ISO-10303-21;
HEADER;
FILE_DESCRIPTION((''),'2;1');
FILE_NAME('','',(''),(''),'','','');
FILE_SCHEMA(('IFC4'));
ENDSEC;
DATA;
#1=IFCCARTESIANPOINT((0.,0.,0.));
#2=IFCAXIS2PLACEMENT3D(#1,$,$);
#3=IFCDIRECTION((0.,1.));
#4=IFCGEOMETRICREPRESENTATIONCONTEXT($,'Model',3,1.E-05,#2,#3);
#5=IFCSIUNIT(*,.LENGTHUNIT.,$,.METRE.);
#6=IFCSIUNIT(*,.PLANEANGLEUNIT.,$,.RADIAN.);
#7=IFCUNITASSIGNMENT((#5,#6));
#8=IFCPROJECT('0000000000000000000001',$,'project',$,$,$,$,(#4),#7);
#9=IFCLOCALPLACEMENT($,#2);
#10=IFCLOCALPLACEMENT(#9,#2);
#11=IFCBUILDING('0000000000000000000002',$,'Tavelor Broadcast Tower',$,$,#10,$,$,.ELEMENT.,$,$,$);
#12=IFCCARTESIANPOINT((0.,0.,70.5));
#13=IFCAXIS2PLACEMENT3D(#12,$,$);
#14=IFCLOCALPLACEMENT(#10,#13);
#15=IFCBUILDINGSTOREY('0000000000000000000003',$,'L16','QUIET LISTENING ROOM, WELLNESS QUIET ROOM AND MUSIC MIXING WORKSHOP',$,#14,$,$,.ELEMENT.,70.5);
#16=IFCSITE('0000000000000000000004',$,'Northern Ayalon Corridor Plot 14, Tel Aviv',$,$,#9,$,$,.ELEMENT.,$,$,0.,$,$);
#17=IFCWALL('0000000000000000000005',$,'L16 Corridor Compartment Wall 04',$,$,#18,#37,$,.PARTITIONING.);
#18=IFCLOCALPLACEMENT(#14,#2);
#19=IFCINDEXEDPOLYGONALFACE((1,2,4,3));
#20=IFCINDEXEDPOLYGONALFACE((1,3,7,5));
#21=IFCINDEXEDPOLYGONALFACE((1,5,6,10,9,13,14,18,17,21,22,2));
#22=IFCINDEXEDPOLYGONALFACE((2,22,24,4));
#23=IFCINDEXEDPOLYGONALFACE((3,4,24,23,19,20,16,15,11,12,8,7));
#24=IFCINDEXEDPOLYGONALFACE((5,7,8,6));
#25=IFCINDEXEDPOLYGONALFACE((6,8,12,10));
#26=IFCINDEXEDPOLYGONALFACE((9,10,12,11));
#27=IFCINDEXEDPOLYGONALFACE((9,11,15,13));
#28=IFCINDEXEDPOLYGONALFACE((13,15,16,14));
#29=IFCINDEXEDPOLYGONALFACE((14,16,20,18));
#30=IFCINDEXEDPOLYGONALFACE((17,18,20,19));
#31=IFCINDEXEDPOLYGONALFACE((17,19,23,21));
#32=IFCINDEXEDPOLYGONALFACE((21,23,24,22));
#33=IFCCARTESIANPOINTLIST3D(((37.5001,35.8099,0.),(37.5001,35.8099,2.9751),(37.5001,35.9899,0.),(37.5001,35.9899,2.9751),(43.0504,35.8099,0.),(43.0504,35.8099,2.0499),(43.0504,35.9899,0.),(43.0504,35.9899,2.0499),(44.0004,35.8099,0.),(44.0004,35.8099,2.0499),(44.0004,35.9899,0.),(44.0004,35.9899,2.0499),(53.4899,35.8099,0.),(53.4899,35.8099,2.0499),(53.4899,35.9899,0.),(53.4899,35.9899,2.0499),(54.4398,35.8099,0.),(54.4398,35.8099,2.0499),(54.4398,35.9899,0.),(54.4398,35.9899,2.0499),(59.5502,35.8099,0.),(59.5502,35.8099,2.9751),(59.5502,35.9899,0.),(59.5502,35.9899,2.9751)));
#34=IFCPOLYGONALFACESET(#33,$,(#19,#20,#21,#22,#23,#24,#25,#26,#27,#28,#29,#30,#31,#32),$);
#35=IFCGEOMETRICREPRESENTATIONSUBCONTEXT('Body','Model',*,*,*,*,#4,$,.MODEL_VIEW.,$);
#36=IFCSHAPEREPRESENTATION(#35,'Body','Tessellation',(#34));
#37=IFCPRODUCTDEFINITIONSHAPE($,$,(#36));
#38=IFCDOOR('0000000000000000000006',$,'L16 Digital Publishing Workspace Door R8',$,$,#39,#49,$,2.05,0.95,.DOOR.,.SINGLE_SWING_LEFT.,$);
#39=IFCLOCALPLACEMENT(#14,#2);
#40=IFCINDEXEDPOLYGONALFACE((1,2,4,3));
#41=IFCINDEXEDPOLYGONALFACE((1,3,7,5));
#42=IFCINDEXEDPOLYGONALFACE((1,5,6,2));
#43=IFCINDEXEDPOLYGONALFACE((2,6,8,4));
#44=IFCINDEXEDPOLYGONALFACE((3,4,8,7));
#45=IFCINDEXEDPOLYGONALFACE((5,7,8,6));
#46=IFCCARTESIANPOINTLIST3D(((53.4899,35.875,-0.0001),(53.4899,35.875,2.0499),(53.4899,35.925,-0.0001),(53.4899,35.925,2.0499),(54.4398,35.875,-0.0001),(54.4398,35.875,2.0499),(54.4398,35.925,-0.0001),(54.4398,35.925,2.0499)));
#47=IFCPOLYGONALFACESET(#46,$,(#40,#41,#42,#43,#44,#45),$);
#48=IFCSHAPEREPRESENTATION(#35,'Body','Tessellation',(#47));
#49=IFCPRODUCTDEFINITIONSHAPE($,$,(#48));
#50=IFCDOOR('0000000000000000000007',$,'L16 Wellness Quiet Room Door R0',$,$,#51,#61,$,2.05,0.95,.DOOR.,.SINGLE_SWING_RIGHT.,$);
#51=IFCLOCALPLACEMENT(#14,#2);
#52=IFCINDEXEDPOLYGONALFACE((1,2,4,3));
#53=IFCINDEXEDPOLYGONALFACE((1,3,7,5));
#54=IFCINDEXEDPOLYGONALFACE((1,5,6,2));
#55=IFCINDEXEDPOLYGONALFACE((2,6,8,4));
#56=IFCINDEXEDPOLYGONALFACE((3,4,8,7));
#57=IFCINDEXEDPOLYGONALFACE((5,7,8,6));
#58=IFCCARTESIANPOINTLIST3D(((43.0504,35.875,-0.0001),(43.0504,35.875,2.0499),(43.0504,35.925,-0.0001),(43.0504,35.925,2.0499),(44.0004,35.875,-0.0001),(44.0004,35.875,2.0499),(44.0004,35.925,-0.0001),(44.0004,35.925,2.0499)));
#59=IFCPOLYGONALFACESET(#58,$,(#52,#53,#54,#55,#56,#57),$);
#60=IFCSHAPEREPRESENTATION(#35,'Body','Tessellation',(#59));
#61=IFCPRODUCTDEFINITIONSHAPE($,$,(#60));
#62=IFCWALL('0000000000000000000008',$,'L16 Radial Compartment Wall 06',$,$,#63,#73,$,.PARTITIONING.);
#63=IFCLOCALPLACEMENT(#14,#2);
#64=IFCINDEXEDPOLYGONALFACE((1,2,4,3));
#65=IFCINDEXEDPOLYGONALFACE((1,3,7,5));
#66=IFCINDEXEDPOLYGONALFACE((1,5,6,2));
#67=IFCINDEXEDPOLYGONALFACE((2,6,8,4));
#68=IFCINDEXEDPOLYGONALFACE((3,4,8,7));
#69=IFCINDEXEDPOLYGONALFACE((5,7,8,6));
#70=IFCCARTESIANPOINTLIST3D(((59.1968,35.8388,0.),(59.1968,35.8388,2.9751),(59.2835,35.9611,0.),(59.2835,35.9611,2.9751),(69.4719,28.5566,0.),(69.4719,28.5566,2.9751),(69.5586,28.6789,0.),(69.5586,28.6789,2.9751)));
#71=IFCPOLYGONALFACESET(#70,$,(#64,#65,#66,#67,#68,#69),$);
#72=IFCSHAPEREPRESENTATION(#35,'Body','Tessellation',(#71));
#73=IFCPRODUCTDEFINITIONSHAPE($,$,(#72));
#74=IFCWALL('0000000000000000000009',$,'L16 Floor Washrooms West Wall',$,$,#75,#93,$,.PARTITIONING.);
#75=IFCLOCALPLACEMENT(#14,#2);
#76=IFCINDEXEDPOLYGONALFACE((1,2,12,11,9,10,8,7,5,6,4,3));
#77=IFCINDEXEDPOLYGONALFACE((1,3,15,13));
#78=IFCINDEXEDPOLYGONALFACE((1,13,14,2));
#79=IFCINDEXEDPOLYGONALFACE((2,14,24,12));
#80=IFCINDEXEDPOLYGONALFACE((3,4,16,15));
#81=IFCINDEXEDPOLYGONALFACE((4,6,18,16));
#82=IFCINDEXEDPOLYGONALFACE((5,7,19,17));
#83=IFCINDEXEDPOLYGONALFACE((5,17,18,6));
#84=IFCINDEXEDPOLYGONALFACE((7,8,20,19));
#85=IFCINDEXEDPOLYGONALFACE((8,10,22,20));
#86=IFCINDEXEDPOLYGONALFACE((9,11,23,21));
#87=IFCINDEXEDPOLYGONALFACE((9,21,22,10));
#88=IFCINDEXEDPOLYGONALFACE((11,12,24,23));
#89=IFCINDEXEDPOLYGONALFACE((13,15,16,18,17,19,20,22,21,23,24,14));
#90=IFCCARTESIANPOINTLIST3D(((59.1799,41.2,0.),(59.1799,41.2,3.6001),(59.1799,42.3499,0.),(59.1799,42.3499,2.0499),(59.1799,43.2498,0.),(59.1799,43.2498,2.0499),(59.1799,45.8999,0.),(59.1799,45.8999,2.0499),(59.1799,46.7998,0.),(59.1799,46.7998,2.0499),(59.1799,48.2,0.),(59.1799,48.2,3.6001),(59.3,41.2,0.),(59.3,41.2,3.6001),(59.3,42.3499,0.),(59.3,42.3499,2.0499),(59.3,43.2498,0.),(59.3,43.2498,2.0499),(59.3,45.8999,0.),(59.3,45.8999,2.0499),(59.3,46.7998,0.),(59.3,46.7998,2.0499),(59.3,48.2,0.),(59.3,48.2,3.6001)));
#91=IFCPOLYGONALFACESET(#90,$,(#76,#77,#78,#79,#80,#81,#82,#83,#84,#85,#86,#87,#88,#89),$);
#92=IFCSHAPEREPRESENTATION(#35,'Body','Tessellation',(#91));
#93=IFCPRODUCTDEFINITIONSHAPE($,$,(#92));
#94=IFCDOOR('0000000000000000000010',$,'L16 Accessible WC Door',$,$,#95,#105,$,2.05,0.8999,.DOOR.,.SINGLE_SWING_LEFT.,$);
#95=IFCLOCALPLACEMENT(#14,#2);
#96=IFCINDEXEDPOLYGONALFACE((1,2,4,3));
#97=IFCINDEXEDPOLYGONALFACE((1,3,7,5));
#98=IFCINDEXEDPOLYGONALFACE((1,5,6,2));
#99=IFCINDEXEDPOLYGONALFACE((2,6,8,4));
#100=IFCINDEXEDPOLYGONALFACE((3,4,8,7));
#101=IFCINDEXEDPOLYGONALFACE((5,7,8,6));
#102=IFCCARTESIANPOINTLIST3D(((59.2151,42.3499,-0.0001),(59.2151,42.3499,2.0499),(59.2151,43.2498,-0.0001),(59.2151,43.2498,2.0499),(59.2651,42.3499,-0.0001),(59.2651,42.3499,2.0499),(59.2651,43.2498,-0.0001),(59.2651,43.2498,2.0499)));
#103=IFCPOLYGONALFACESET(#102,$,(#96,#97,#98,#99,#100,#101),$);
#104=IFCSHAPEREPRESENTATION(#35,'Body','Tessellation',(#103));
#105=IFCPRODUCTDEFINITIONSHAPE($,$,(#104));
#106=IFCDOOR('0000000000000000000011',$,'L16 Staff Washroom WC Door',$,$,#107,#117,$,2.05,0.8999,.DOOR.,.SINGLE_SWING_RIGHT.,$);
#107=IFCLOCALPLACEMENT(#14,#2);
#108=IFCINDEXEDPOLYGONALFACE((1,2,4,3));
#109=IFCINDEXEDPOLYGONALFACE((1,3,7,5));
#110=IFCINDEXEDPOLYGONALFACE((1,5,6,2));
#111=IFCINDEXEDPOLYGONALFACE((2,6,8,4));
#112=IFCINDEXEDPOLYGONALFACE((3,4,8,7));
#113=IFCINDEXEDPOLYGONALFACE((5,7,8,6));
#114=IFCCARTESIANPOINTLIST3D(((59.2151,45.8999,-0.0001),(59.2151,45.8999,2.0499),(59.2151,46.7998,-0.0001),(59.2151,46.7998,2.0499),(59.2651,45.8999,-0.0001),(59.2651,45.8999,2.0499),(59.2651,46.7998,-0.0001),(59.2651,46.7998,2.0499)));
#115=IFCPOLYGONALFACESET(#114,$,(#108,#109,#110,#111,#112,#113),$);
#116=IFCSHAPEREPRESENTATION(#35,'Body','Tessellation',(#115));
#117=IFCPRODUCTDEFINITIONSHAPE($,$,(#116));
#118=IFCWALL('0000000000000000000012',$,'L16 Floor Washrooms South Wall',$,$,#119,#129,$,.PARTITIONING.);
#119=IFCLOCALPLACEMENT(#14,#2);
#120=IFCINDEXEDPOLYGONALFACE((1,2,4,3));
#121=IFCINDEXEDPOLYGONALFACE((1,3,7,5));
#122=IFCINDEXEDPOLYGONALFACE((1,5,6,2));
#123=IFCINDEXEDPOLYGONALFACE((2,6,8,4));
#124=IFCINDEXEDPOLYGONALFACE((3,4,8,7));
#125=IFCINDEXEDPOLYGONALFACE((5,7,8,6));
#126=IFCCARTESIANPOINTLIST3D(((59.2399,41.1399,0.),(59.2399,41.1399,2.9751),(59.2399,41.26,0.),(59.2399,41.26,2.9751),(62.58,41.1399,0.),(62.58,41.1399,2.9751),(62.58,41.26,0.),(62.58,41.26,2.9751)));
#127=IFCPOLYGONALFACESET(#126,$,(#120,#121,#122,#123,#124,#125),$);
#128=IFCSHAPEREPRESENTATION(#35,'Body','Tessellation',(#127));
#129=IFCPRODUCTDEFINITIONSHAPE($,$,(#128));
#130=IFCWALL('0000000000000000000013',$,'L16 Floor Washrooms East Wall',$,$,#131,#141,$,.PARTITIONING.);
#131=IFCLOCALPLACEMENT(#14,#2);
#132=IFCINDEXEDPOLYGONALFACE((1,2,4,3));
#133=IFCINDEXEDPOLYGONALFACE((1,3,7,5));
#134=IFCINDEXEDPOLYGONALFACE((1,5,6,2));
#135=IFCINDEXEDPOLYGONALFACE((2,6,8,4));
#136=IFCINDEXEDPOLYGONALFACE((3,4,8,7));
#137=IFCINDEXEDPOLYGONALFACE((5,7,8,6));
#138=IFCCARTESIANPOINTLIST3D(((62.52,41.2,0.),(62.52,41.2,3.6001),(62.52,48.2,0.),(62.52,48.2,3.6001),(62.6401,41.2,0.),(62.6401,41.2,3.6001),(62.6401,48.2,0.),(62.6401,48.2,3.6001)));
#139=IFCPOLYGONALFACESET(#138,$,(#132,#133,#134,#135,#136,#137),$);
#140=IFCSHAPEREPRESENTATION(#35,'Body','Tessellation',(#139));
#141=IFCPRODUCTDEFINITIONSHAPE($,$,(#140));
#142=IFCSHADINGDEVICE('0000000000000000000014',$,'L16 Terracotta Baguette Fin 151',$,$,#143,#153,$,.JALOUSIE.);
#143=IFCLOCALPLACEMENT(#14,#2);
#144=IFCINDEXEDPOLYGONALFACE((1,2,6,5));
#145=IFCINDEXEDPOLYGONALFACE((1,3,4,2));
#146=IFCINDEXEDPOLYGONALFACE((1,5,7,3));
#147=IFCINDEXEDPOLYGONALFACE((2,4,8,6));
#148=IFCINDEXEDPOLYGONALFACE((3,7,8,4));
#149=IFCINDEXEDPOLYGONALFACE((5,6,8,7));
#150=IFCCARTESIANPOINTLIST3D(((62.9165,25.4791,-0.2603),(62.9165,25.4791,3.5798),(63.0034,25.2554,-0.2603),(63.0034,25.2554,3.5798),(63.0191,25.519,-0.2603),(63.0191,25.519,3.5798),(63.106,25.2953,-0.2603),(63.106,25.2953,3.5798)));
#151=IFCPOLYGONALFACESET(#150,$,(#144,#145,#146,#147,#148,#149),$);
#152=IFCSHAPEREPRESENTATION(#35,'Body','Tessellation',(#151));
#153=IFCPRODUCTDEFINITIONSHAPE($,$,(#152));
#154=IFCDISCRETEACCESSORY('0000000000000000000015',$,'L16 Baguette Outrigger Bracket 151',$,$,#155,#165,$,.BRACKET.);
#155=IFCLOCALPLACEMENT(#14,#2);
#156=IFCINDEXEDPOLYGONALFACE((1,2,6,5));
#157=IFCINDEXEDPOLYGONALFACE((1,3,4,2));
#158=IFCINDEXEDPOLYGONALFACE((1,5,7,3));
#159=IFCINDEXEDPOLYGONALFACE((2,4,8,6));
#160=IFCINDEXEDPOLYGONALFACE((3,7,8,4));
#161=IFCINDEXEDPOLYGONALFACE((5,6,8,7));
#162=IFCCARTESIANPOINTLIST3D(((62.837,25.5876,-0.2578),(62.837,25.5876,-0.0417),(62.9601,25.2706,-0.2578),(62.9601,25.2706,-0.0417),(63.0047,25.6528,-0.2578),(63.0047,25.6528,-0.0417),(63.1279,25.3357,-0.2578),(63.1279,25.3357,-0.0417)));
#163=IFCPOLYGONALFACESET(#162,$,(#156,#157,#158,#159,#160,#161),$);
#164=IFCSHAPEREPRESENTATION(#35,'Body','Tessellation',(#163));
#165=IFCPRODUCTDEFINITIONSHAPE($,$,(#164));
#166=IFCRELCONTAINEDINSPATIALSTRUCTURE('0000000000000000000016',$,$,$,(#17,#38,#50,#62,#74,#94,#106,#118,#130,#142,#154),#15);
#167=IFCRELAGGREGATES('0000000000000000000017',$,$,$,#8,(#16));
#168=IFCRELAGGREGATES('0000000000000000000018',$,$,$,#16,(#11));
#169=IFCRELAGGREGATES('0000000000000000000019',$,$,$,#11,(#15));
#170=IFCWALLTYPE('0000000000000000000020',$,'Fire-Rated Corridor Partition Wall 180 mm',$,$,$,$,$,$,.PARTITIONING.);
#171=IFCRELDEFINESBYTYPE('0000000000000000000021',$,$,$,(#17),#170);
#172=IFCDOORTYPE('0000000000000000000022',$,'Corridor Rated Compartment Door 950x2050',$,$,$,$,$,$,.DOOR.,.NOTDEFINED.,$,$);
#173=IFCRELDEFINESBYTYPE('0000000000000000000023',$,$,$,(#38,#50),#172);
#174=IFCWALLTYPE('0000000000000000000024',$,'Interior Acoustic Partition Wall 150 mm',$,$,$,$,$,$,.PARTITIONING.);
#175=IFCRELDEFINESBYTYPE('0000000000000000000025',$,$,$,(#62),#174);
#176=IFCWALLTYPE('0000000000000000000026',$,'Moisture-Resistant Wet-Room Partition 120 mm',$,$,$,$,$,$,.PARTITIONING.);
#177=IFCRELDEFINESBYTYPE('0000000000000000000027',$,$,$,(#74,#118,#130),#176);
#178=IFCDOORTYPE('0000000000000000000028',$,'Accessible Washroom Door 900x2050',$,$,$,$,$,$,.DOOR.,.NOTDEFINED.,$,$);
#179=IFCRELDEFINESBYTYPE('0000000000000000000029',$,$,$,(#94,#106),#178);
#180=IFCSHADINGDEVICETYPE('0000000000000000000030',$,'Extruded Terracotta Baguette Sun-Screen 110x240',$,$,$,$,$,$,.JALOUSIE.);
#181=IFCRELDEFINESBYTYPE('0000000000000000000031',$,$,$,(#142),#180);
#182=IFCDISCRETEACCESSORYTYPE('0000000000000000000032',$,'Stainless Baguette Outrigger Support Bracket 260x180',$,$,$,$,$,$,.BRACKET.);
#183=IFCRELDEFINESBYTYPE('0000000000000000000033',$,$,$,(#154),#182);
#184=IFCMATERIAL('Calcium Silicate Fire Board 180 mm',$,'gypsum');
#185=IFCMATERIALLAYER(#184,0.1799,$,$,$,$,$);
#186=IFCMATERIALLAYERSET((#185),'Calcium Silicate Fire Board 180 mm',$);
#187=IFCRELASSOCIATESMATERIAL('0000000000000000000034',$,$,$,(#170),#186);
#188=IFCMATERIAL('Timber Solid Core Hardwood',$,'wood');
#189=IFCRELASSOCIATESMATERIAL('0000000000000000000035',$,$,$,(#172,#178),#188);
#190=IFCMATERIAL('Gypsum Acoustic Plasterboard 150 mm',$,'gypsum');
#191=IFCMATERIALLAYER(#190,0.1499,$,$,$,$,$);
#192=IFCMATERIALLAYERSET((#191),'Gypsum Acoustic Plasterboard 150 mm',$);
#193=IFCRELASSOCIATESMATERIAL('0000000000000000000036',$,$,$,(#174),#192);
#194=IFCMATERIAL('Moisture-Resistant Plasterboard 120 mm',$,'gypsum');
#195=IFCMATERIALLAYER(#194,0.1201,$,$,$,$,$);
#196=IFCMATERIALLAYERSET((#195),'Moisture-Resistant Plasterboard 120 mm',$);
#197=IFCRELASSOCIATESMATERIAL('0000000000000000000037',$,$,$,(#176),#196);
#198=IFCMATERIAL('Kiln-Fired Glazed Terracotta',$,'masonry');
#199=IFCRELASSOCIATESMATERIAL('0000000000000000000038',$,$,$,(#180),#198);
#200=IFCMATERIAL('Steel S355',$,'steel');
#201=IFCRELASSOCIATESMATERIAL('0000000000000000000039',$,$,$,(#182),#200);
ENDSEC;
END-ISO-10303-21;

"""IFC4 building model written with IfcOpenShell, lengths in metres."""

from ifc_helpers import new_model, si_unit, direction, frame, frame_2d, origin, origin_2d, place, context, subcontext, project, spatial, rectangle, extrude, source, transform, mapped, material, layer, layer_set, type_object, type_shapes, element, fill, save


model = new_model("IFC4")

# Units and contexts
model_context = context("Model", 3, precision=1e-05, world=origin(), true_north=direction((0.0, 1.0)))
body_context = subcontext(model_context, "Body", "Model", "MODEL_VIEW")
ifc_project = project(units=[si_unit("LENGTHUNIT", "METRE"), si_unit("PLANEANGLEUNIT", "RADIAN")], contexts=[model_context])

# Site, building, storey
site_placement = place(None, origin())
site = spatial("IfcSite", under=ifc_project, at=site_placement, Name="Northern Ayalon Corridor Plot 14, Tel Aviv", CompositionType="ELEMENT", RefElevation=0.0)
building_placement = place(site_placement, origin())
building = spatial("IfcBuilding", under=site, at=building_placement, Name="Tavelor Broadcast Tower", CompositionType="ELEMENT")
storey_placement = place(building_placement, frame((0.0, 0.0, 70.5)))
storey = spatial("IfcBuildingStorey", under=building, at=storey_placement, Name="L16", Description="QUIET LISTENING ROOM, WELLNESS QUIET ROOM AND MUSIC MIXING WORKSHOP", CompositionType="ELEMENT", Elevation=70.5)

# Shared definitions
ifc_material_1 = material(Name="Steel S355", Category="steel")

# Shared definitions
ifc_material_2 = material(Name="Calcium Silicate Fire Board 180 mm", Category="gypsum")
ifc_layer_1 = layer(ifc_material_2, 0.1799)
ifc_layer_set_1 = layer_set([ifc_layer_1], Name="Calcium Silicate Fire Board 180 mm")
wall_type_1 = type_object("IfcWallType", Name="Fire-Rated Corridor Partition Wall 180 mm", PredefinedType="PARTITIONING", material=ifc_layer_set_1)
ifc_material_3 = material(Name="Timber Solid Core Hardwood", Category="wood")
door_type_1 = type_object("IfcDoorType", Name="Corridor Rated Compartment Door 950x2050", OperationType="NOTDEFINED", PredefinedType="DOOR", material=ifc_material_3)

# Wall, openings, doors
wall_1_placement = place(storey_placement, frame((59.55, 35.8999, 0.0), z_axis=(0.0, 0.0, 1.0), x_axis=(-1.0, 0.0, 0.0)))
wall_1 = element("IfcWall", 1, at=wall_1_placement, inside=storey, type_object=wall_type_1, Name="L16 Corridor Compartment Wall 04", PredefinedType="PARTITIONING", context=body_context, shape_type="SweptSolid", body=[
    extrude(rectangle(XDim=22.05, YDim=0.1799, at=frame_2d((11.0249, 0.0))), origin(), (0.0, 0.0, 1.0), 2.9751),
])
opening_1_placement = place(wall_1_placement, frame((5.1101, 0.0, 0.0)))
opening_1 = element("IfcOpeningElement", 2, at=opening_1_placement, cuts=wall_1, PredefinedType="OPENING", context=body_context, shape_type="SweptSolid", body=[
    extrude(rectangle(XDim=0.95, YDim=2.05, at=frame_2d((0.4751, 1.0249))), frame((0.0, 0.1001, 0.0), z_axis=(0.0, -1.0, 0.0), x_axis=(1.0, 0.0, 0.0)), (0.0, 0.0, 1.0), 0.2),
])
opening_2_placement = place(wall_1_placement, frame((15.5496, 0.0, 0.0)))
opening_2 = element("IfcOpeningElement", 3, at=opening_2_placement, cuts=wall_1, PredefinedType="OPENING", context=body_context, shape_type="SweptSolid", body=[
    extrude(rectangle(XDim=0.95, YDim=2.05, at=frame_2d((0.4751, 1.0249))), frame((0.0, 0.1001, 0.0), z_axis=(0.0, -1.0, 0.0), x_axis=(1.0, 0.0, 0.0)), (0.0, 0.0, 1.0), 0.2),
])
door_1_placement = place(opening_1_placement, origin())
door_1 = element("IfcDoor", 4, at=door_1_placement, inside=storey, type_object=door_type_1, Name="L16 Digital Publishing Workspace Door R8", OperationType="SINGLE_SWING_LEFT", OverallHeight=2.05, OverallWidth=0.95, PredefinedType="DOOR", context=body_context, shape_type="SweptSolid", body=[
    extrude(rectangle(XDim=0.95, YDim=2.05, at=frame_2d((0.4751, 1.0249))), frame((0.0, 0.0249, 0.0), z_axis=(0.0, -1.0, 0.0), x_axis=(1.0, 0.0, 0.0)), (0.0, 0.0, 1.0), 0.05),
])
fill(opening_1, door_1)
door_2_placement = place(opening_2_placement, origin())
door_2 = element("IfcDoor", 5, at=door_2_placement, inside=storey, type_object=door_type_1, Name="L16 Wellness Quiet Room Door R0", OperationType="SINGLE_SWING_RIGHT", OverallHeight=2.05, OverallWidth=0.95, PredefinedType="DOOR", context=body_context, shape_type="SweptSolid", body=[
    extrude(rectangle(XDim=0.95, YDim=2.05, at=frame_2d((0.4751, 1.0249))), frame((0.0, 0.0249, 0.0), z_axis=(0.0, -1.0, 0.0), x_axis=(1.0, 0.0, 0.0)), (0.0, 0.0, 1.0), 0.05),
])
fill(opening_2, door_2)

# Wall
ifc_material_4 = material(Name="Gypsum Acoustic Plasterboard 150 mm", Category="gypsum")
ifc_layer_2 = layer(ifc_material_4, 0.1499)
ifc_layer_set_2 = layer_set([ifc_layer_2], Name="Gypsum Acoustic Plasterboard 150 mm")
wall_type_2 = type_object("IfcWallType", Name="Interior Acoustic Partition Wall 150 mm", PredefinedType="PARTITIONING", material=ifc_layer_set_2)
wall_2_placement = place(storey_placement, frame((59.2402, 35.8999, 0.0), z_axis=(0.0, 0.0, 1.0), x_axis=(0.815875, -0.578229, 0.0)))
element("IfcWall", 6, at=wall_2_placement, inside=storey, type_object=wall_type_2, Name="L16 Radial Compartment Wall 06", PredefinedType="PARTITIONING", context=body_context, shape_type="SweptSolid", body=[
    extrude(rectangle(XDim=12.594, YDim=0.1499, at=frame_2d((6.2969, 0.0))), origin(), (0.0, 0.0, 1.0), 2.9751),
])

# Wall, openings, doors
ifc_material_5 = material(Name="Moisture-Resistant Plasterboard 120 mm", Category="gypsum")
ifc_layer_3 = layer(ifc_material_5, 0.1201)
ifc_layer_set_3 = layer_set([ifc_layer_3], Name="Moisture-Resistant Plasterboard 120 mm")
wall_type_3 = type_object("IfcWallType", Name="Moisture-Resistant Wet-Room Partition 120 mm", PredefinedType="PARTITIONING", material=ifc_layer_set_3)
wall_3_placement = place(storey_placement, frame((59.24, 41.2, 0.0), z_axis=(0.0, 0.0, 1.0), x_axis=(0.0, 1.0, 0.0)))
wall_3 = element("IfcWall", 7, at=wall_3_placement, inside=storey, type_object=wall_type_3, Name="L16 Floor Washrooms West Wall", PredefinedType="PARTITIONING", context=body_context, shape_type="SweptSolid", body=[
    extrude(rectangle(XDim=7.0, YDim=0.1201, at=frame_2d((3.5, 0.0))), origin(), (0.0, 0.0, 1.0), 3.6001),
])
opening_3_placement = place(wall_3_placement, frame((1.1499, 0.0, 0.0)))
opening_3 = element("IfcOpeningElement", 8, at=opening_3_placement, cuts=wall_3, PredefinedType="OPENING", context=body_context, shape_type="SweptSolid", body=[
    extrude(rectangle(XDim=0.8999, YDim=2.05, at=frame_2d((0.45, 1.0249))), frame((0.0, 0.0701, 0.0), z_axis=(0.0, -1.0, 0.0), x_axis=(1.0, 0.0, 0.0)), (0.0, 0.0, 1.0), 0.1401),
])
opening_4_placement = place(wall_3_placement, frame((4.7, 0.0, 0.0)))
opening_4 = element("IfcOpeningElement", 9, at=opening_4_placement, cuts=wall_3, PredefinedType="OPENING", context=body_context, shape_type="SweptSolid", body=[
    extrude(rectangle(XDim=0.8999, YDim=2.05, at=frame_2d((0.45, 1.0249))), frame((0.0, 0.0701, 0.0), z_axis=(0.0, -1.0, 0.0), x_axis=(1.0, 0.0, 0.0)), (0.0, 0.0, 1.0), 0.1401),
])
door_type_2 = type_object("IfcDoorType", Name="Accessible Washroom Door 900x2050", OperationType="NOTDEFINED", PredefinedType="DOOR", material=ifc_material_3)
door_3_placement = place(opening_3_placement, origin())
door_3 = element("IfcDoor", 10, at=door_3_placement, inside=storey, type_object=door_type_2, Name="L16 Accessible WC Door", OperationType="SINGLE_SWING_LEFT", OverallHeight=2.05, OverallWidth=0.8999, PredefinedType="DOOR", context=body_context, shape_type="SweptSolid", body=[
    extrude(rectangle(XDim=0.8999, YDim=2.05, at=frame_2d((0.45, 1.0249))), frame((0.0, 0.0249, 0.0), z_axis=(0.0, -1.0, 0.0), x_axis=(1.0, 0.0, 0.0)), (0.0, 0.0, 1.0), 0.05),
])
fill(opening_3, door_3)
door_4_placement = place(opening_4_placement, origin())
door_4 = element("IfcDoor", 11, at=door_4_placement, inside=storey, type_object=door_type_2, Name="L16 Staff Washroom WC Door", OperationType="SINGLE_SWING_RIGHT", OverallHeight=2.05, OverallWidth=0.8999, PredefinedType="DOOR", context=body_context, shape_type="SweptSolid", body=[
    extrude(rectangle(XDim=0.8999, YDim=2.05, at=frame_2d((0.45, 1.0249))), frame((0.0, 0.0249, 0.0), z_axis=(0.0, -1.0, 0.0), x_axis=(1.0, 0.0, 0.0)), (0.0, 0.0, 1.0), 0.05),
])
fill(opening_4, door_4)

# Walls
wall_4_placement = place(storey_placement, frame((59.24, 41.2, 0.0), z_axis=(0.0, 0.0, 1.0), x_axis=(1.0, 0.0, 0.0)))
element("IfcWall", 12, at=wall_4_placement, inside=storey, type_object=wall_type_3, Name="L16 Floor Washrooms South Wall", PredefinedType="PARTITIONING", context=body_context, shape_type="SweptSolid", body=[
    extrude(rectangle(XDim=3.3401, YDim=0.1201, at=frame_2d((1.6699, 0.0))), origin(), (0.0, 0.0, 1.0), 2.9751),
])
wall_5_placement = place(storey_placement, frame((62.5801, 41.2, 0.0), z_axis=(0.0, 0.0, 1.0), x_axis=(0.0, 1.0, 0.0)))
element("IfcWall", 13, at=wall_5_placement, inside=storey, type_object=wall_type_3, Name="L16 Floor Washrooms East Wall", PredefinedType="PARTITIONING", context=body_context, shape_type="SweptSolid", body=[
    extrude(rectangle(XDim=7.0, YDim=0.1201, at=frame_2d((3.5, 0.0))), origin(), (0.0, 0.0, 1.0), 3.6001),
])

# Shading device
ifc_material_6 = material(Name="Kiln-Fired Glazed Terracotta", Category="masonry")
shading_device_type = type_object("IfcShadingDeviceType", Name="Extruded Terracotta Baguette Sun-Screen 110x240", PredefinedType="JALOUSIE", material=ifc_material_6)
shared_shape_1 = source(origin(), body_context, "Body", "SweptSolid", [
    extrude(rectangle(XDim=0.1101, YDim=0.24, at=origin_2d()), origin(), (0.0, 0.0, 1.0), 3.8401),
])
type_shapes(shading_device_type, [shared_shape_1])
shading_device_placement = place(storey_placement, frame((63.0112, 25.3872, -0.2603), z_axis=(0.0, 0.0, 1.0), x_axis=(0.932134, 0.362113, 0.0)))
element("IfcShadingDevice", 14, at=shading_device_placement, inside=storey, type_object=shading_device_type, Name="L16 Terracotta Baguette Fin 151", PredefinedType="JALOUSIE", context=body_context, shape_type="MappedRepresentation", body=[
    mapped(shared_shape_1, transform((0.0, 0.0, 0.0), scale=1.0)),
])

# Discrete accessory
discrete_accessory_type = type_object("IfcDiscreteAccessoryType", Name="Stainless Baguette Outrigger Support Bracket 260x180", PredefinedType="BRACKET", material=ifc_material_1)
shared_shape_2 = source(origin(), body_context, "Body", "SweptSolid", [
    extrude(rectangle(XDim=0.1799, YDim=0.3401, at=origin_2d()), origin(), (0.0, 0.0, 1.0), 0.2161),
])
type_shapes(discrete_accessory_type, [shared_shape_2])
discrete_accessory_placement = place(storey_placement, frame((62.9824, 25.4617, -0.2578), z_axis=(0.0, 0.0, 1.0), x_axis=(0.932134, 0.362113, 0.0)))
element("IfcDiscreteAccessory", 15, at=discrete_accessory_placement, inside=storey, type_object=discrete_accessory_type, Name="L16 Baguette Outrigger Bracket 151", PredefinedType="BRACKET", context=body_context, shape_type="MappedRepresentation", body=[
    mapped(shared_shape_2, transform((0.0, 0.0, 0.0), scale=1.0)),
])

save(model, "model.ifc")
